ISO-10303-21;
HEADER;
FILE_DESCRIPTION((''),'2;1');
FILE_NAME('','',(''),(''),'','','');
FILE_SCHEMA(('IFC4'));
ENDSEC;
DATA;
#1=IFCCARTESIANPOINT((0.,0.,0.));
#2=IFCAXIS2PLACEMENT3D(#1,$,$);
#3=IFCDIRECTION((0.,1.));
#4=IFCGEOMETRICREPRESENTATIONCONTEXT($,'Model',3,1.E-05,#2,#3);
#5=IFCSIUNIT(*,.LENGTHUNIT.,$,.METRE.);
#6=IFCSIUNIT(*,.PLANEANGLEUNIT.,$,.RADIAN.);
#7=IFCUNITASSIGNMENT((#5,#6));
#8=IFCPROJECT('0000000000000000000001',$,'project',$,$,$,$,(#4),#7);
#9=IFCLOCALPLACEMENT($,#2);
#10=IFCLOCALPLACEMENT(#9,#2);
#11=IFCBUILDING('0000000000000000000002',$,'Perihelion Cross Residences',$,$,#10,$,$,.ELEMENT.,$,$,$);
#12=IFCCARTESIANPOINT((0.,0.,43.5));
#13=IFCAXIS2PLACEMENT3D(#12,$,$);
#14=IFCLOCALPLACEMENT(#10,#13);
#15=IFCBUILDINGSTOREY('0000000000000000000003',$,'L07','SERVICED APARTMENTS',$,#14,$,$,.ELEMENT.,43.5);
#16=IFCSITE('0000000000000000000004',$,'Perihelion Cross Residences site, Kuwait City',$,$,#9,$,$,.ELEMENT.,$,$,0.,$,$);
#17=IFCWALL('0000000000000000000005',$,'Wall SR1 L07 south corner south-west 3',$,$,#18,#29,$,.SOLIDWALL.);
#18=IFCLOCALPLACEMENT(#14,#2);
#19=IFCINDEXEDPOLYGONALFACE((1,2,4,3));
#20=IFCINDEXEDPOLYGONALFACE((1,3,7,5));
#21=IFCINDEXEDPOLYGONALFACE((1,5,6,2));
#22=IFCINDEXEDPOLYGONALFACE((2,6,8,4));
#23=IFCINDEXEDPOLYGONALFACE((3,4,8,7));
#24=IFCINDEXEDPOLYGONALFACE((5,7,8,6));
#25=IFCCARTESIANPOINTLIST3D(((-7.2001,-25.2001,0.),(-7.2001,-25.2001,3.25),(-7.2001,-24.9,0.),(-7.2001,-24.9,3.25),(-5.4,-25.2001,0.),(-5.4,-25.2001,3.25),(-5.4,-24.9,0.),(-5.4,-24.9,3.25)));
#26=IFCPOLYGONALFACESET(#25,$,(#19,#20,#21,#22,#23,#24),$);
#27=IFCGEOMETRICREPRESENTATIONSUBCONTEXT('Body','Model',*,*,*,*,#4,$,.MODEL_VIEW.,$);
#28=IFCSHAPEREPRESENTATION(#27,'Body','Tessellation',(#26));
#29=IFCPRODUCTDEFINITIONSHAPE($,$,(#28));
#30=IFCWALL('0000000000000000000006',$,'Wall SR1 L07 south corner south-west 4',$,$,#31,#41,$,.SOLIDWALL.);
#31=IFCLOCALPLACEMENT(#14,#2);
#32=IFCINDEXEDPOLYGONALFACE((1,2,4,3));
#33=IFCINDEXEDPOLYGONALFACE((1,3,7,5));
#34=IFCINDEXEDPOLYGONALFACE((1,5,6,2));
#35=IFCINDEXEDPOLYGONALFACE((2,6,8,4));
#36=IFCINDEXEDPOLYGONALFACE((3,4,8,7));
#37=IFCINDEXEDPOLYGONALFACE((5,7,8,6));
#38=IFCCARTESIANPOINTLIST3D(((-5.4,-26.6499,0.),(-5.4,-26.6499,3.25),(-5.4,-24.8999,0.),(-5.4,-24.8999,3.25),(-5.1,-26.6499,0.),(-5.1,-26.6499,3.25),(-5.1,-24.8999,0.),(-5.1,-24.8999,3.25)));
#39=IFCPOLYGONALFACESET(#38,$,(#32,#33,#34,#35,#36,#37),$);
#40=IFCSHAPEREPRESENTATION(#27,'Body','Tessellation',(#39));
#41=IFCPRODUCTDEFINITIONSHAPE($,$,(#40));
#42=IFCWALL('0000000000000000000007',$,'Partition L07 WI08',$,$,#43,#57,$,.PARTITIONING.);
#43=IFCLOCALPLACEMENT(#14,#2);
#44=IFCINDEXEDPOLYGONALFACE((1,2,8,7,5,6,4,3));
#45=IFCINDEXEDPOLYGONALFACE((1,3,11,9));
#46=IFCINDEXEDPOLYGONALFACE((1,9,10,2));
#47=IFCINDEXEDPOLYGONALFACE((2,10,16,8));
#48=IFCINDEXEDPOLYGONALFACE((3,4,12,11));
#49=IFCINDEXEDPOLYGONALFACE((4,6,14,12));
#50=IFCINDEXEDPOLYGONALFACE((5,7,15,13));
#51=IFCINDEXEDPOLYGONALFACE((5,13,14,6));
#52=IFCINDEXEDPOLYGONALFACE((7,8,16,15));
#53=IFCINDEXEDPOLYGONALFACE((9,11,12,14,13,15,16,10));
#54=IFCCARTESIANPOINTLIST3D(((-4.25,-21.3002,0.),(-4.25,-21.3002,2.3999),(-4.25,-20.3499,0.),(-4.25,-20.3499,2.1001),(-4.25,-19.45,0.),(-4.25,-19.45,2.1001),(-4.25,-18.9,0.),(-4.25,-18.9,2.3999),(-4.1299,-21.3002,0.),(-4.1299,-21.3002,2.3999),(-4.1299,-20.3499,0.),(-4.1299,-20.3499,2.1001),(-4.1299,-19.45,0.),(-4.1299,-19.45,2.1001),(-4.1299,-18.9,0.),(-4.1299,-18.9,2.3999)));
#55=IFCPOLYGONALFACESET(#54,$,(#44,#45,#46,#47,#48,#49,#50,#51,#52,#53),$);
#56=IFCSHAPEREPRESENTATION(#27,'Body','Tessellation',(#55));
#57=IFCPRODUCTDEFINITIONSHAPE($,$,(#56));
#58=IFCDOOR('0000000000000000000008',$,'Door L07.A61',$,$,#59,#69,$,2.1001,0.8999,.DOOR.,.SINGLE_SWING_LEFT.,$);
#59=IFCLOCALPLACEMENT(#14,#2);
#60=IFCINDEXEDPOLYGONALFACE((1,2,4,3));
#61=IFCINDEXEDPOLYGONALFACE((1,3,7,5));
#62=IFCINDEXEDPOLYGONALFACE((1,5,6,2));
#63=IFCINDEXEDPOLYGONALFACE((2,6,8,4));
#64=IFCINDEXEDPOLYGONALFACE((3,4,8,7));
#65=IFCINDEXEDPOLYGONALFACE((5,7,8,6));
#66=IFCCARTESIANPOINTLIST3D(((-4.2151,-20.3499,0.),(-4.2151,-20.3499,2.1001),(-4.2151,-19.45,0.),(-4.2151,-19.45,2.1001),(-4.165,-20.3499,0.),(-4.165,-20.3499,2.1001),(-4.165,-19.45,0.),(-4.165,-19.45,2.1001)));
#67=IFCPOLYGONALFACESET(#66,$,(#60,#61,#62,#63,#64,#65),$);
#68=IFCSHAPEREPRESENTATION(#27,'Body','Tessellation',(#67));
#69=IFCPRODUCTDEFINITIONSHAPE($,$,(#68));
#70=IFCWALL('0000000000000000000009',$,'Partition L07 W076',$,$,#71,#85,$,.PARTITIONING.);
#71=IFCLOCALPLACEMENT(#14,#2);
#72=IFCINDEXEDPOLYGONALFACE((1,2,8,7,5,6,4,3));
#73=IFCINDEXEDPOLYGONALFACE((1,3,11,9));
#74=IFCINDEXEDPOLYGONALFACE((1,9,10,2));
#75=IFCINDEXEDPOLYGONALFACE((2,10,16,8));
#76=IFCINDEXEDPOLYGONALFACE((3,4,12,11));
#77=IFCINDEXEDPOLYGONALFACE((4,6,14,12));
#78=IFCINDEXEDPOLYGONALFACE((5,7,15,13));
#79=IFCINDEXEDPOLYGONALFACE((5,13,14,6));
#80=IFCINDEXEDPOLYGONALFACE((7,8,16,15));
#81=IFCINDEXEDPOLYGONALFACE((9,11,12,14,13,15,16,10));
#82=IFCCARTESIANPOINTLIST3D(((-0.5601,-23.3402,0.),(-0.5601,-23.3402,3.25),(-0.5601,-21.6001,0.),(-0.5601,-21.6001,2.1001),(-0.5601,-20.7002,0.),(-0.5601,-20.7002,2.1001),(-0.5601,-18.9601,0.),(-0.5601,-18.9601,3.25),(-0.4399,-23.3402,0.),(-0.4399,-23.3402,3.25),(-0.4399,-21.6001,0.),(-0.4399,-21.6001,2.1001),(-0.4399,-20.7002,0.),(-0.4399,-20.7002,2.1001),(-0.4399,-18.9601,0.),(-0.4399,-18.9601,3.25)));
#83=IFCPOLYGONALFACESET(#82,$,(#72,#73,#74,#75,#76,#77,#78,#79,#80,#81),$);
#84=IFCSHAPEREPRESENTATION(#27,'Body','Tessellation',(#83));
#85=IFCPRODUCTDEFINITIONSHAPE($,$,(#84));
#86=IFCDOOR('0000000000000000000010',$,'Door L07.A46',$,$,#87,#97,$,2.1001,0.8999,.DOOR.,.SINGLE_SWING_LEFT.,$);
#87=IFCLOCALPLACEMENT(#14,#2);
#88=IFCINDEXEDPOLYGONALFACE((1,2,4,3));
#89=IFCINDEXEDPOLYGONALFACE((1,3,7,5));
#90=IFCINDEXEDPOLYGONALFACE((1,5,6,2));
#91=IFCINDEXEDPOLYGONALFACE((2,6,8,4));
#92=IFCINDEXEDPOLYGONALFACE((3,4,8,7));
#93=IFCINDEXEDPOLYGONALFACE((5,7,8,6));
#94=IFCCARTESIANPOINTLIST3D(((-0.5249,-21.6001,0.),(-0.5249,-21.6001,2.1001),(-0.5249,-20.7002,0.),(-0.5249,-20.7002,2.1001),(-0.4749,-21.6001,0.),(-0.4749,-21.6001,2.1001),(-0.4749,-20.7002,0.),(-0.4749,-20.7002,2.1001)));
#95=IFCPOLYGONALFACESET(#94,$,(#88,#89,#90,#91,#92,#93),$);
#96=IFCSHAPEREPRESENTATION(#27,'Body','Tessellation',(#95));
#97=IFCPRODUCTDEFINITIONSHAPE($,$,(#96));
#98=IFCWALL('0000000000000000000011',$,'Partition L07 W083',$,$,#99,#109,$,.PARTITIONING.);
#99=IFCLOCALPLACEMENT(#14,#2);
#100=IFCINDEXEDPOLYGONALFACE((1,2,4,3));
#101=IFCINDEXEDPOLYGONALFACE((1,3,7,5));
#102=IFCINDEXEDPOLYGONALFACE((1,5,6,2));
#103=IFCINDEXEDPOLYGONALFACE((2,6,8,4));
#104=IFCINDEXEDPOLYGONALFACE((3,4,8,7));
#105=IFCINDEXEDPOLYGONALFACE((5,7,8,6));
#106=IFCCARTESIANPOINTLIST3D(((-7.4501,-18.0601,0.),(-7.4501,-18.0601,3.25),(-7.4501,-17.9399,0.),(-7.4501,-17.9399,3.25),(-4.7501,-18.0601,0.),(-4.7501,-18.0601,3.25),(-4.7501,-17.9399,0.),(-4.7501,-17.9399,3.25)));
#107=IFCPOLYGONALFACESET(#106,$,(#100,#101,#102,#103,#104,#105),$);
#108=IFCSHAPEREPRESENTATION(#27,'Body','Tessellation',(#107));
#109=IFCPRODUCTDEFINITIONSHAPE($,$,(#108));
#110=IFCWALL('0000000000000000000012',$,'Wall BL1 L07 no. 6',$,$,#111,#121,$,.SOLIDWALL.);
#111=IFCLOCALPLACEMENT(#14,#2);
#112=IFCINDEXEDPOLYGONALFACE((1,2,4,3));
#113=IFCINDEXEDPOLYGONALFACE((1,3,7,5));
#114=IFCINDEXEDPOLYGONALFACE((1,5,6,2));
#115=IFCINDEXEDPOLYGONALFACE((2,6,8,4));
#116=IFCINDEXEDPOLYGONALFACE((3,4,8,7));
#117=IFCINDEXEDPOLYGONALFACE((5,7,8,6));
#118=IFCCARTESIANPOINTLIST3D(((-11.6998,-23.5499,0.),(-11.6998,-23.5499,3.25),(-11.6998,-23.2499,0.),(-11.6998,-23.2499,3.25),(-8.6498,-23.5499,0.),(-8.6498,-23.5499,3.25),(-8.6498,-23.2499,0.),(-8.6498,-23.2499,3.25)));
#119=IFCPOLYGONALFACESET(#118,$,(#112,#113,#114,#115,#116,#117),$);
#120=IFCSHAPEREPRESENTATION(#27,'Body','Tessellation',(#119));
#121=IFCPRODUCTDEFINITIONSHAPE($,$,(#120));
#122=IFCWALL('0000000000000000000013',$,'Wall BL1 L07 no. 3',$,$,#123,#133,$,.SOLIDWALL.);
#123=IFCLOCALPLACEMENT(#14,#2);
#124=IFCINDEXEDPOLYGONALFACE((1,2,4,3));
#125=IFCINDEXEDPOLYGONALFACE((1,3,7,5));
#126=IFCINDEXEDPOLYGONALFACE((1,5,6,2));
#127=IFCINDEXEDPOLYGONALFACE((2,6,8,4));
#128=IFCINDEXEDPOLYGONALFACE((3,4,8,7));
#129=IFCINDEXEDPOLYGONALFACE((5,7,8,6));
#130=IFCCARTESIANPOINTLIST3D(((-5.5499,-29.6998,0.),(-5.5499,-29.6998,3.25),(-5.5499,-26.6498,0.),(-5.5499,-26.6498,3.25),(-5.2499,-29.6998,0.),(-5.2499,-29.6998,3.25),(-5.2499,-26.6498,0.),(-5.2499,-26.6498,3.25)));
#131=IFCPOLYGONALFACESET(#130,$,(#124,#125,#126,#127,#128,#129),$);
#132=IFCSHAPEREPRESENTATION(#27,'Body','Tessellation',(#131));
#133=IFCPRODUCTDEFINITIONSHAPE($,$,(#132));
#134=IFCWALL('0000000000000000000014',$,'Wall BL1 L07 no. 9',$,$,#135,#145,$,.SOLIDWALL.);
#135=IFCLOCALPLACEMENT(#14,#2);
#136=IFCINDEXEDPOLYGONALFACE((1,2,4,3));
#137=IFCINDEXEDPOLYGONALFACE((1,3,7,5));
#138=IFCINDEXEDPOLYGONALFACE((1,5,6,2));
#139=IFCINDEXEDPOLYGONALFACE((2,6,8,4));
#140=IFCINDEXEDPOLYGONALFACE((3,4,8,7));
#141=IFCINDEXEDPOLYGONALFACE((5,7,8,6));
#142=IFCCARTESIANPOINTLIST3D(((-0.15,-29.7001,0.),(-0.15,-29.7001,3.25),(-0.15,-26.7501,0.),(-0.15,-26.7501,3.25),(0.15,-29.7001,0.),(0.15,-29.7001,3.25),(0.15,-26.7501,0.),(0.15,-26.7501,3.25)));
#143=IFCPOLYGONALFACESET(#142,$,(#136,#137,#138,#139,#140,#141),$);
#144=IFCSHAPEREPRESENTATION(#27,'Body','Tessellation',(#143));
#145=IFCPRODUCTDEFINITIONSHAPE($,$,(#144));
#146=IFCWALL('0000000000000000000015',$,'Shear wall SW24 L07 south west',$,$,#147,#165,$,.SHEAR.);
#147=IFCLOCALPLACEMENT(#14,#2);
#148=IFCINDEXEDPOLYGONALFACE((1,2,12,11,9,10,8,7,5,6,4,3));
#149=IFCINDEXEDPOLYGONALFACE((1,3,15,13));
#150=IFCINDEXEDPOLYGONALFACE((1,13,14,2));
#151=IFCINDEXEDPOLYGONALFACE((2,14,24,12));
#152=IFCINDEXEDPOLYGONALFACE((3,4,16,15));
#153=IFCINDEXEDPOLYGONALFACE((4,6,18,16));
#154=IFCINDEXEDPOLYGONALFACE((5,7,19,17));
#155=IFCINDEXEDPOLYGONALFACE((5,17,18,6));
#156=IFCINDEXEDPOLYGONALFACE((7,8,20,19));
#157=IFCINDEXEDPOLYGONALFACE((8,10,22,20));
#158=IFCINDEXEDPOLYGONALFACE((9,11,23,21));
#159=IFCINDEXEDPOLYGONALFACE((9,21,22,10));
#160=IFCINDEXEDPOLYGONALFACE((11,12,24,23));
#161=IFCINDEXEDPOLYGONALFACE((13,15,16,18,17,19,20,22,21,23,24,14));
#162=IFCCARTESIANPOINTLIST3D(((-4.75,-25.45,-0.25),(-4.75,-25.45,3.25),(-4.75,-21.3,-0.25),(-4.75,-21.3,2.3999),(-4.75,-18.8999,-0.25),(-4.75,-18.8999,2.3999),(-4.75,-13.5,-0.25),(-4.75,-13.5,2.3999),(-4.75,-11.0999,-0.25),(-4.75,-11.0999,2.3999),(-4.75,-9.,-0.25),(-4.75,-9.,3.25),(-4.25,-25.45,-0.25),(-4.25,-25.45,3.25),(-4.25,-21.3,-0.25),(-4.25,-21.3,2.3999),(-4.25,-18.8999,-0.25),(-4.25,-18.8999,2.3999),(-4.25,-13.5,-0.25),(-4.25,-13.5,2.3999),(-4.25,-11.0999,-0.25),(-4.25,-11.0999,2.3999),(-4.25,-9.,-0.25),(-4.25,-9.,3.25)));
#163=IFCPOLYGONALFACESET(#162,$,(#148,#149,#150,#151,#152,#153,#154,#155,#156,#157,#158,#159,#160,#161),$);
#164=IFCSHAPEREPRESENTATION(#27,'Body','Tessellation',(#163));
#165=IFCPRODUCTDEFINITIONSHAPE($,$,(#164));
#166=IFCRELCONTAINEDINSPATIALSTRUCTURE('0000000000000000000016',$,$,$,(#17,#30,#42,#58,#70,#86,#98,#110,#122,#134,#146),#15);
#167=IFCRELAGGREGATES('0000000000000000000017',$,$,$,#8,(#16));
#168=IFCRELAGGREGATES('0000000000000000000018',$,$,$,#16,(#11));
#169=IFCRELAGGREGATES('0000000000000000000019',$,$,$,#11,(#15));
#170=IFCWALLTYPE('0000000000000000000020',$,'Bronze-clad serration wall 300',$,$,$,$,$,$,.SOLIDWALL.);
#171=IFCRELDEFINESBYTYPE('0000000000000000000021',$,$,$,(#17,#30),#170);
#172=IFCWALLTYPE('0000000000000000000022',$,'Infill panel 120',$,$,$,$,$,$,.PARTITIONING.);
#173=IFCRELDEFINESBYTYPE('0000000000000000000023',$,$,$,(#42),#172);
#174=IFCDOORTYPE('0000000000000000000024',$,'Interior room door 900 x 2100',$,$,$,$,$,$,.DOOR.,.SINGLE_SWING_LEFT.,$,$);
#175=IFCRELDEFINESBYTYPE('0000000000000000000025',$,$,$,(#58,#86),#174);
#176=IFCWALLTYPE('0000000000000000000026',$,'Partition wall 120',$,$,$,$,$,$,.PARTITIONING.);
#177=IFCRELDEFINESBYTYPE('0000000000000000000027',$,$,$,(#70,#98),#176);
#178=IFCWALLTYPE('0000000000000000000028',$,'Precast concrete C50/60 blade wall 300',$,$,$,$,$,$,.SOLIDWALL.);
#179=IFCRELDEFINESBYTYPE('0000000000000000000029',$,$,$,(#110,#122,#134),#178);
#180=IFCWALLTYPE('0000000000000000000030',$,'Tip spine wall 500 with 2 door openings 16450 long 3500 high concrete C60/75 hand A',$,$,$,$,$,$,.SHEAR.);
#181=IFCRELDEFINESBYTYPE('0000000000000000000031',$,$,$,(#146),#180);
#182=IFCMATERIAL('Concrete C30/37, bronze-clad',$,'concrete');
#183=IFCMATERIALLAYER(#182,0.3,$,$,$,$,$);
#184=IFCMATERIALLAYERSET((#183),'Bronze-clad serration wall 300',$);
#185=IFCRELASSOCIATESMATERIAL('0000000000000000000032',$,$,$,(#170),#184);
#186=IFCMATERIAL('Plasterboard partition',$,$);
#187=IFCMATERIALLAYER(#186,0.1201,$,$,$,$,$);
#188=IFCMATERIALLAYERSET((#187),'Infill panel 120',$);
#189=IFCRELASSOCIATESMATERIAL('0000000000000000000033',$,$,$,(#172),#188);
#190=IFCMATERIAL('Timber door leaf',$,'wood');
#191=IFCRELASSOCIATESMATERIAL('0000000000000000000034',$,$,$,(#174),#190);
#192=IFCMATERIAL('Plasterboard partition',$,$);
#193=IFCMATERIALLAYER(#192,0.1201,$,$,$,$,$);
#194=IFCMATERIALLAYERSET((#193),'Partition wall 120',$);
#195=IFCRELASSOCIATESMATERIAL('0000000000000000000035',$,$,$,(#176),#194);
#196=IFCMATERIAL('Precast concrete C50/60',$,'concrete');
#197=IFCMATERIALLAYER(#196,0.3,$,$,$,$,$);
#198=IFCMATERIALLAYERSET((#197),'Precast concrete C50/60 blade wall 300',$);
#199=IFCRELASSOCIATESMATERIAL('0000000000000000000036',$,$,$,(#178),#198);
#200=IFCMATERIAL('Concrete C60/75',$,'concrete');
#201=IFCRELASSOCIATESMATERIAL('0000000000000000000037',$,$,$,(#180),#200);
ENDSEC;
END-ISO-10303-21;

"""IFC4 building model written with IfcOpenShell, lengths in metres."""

from ifc_helpers import new_model, si_unit, direction, frame, frame_2d, origin, place, context, subcontext, project, spatial, polyline, rectangle, outline, extrude, material, layer, layer_set, material_profile, profile_set, type_object, element, fill, save


model = new_model("IFC4")

# Units and contexts
model_context = context("Model", 3, precision=1e-05, world=origin(), true_north=direction((0.0, 1.0)))
body_context = subcontext(model_context, "Body", "Model", "MODEL_VIEW")
ifc_project = project(units=[si_unit("LENGTHUNIT", "METRE"), si_unit("PLANEANGLEUNIT", "RADIAN")], contexts=[model_context])

# Site, building, storey
site_placement = place(None, origin())
site = spatial("IfcSite", under=ifc_project, at=site_placement, Name="Perihelion Cross Residences site, Kuwait City", CompositionType="ELEMENT", RefElevation=0.0)
building_placement = place(site_placement, origin())
building = spatial("IfcBuilding", under=site, at=building_placement, Name="Perihelion Cross Residences", CompositionType="ELEMENT")
storey_placement = place(building_placement, frame((0.0, 0.0, 43.5)))
storey = spatial("IfcBuildingStorey", under=building, at=storey_placement, Name="L07", Description="SERVICED APARTMENTS", CompositionType="ELEMENT", Elevation=43.5)

# Walls
ifc_material_1 = material(Name="Concrete C30/37, bronze-clad", Category="concrete")
ifc_layer_1 = layer(ifc_material_1, 0.3)
ifc_layer_set_1 = layer_set([ifc_layer_1], Name="Bronze-clad serration wall 300")
wall_type_1 = type_object("IfcWallType", Name="Bronze-clad serration wall 300", PredefinedType="SOLIDWALL", material=ifc_layer_set_1)
wall_1_placement = place(storey_placement, frame((-7.2, -25.05, 0.0), z_axis=(0.0, 0.0, 1.0), x_axis=(1.0, 0.0, 0.0)))
element("IfcWall", 1, at=wall_1_placement, inside=storey, type_object=wall_type_1, Name="Wall SR1 L07 south corner south-west 3", PredefinedType="SOLIDWALL", context=body_context, shape_type="SweptSolid", body=[
    extrude(rectangle(XDim=1.8, YDim=0.3, at=frame_2d((0.8999, 0.0))), origin(), (0.0, 0.0, 1.0), 3.25),
])
wall_2_placement = place(storey_placement, frame((-5.25, -24.8999, 0.0), z_axis=(0.0, 0.0, 1.0), x_axis=(0.0, -1.0, 0.0)))
element("IfcWall", 2, at=wall_2_placement, inside=storey, type_object=wall_type_1, Name="Wall SR1 L07 south corner south-west 4", PredefinedType="SOLIDWALL", context=body_context, shape_type="SweptSolid", body=[
    extrude(rectangle(XDim=1.75, YDim=0.3, at=frame_2d((0.875, 0.0))), origin(), (0.0, 0.0, 1.0), 3.25),
])

# Walls, openings, doors
ifc_material_2 = material(Name="Plasterboard partition")
ifc_layer_2 = layer(ifc_material_2, 0.1201)
ifc_layer_set_2 = layer_set([ifc_layer_2], Name="Infill panel 120")
wall_type_2 = type_object("IfcWallType", Name="Infill panel 120", PredefinedType="PARTITIONING", material=ifc_layer_set_2)
wall_3_placement = place(storey_placement, frame((-4.1899, -18.8999, 0.0), z_axis=(0.0, 0.0, 1.0), x_axis=(0.0, -1.0, 0.0)))
wall_3 = element("IfcWall", 3, at=wall_3_placement, inside=storey, type_object=wall_type_2, Name="Partition L07 WI08", PredefinedType="PARTITIONING", context=body_context, shape_type="SweptSolid", body=[
    extrude(rectangle(XDim=2.4001, YDim=0.1201, at=frame_2d((1.2002, 0.0))), origin(), (0.0, 0.0, 1.0), 2.3999),
])
opening_1_placement = place(wall_3_placement, frame((0.55, 0.0, 0.0)))
opening_1 = element("IfcOpeningElement", 4, at=opening_1_placement, cuts=wall_3, PredefinedType="OPENING", context=body_context, shape_type="SweptSolid", body=[
    extrude(rectangle(XDim=0.8999, YDim=2.1001, at=frame_2d((0.45, 1.05))), frame((0.0, 0.0701, 0.0), z_axis=(0.0, -1.0, 0.0), x_axis=(1.0, 0.0, 0.0)), (0.0, 0.0, 1.0), 0.1401),
])
ifc_material_3 = material(Name="Timber door leaf", Category="wood")
door_type_1 = type_object("IfcDoorType", Name="Interior room door 900 x 2100", OperationType="SINGLE_SWING_LEFT", PredefinedType="DOOR", material=ifc_material_3)
door_1_placement = place(opening_1_placement, origin())
door_1 = element("IfcDoor", 5, at=door_1_placement, inside=storey, type_object=door_type_1, Name="Door L07.A61", OperationType="SINGLE_SWING_LEFT", OverallHeight=2.1001, OverallWidth=0.8999, PredefinedType="DOOR", context=body_context, shape_type="SweptSolid", body=[
    extrude(rectangle(XDim=0.8999, YDim=2.1001, at=frame_2d((0.45, 1.05))), frame((0.0, 0.0249, 0.0), z_axis=(0.0, -1.0, 0.0), x_axis=(1.0, 0.0, 0.0)), (0.0, 0.0, 1.0), 0.05),
])
fill(opening_1, door_1)
ifc_material_4 = material(Name="Plasterboard partition")
ifc_layer_3 = layer(ifc_material_4, 0.1201)
ifc_layer_set_3 = layer_set([ifc_layer_3], Name="Partition wall 120")
wall_type_3 = type_object("IfcWallType", Name="Partition wall 120", PredefinedType="PARTITIONING", material=ifc_layer_set_3)
wall_4_placement = place(storey_placement, frame((-0.5, -23.3401, 0.0), z_axis=(0.0, 0.0, 1.0), x_axis=(0.0, 1.0, 0.0)))
wall_4 = element("IfcWall", 6, at=wall_4_placement, inside=storey, type_object=wall_type_3, Name="Partition L07 W076", PredefinedType="PARTITIONING", context=body_context, shape_type="SweptSolid", body=[
    extrude(rectangle(XDim=4.3801, YDim=0.1201, at=frame_2d((2.1899, 0.0))), origin(), (0.0, 0.0, 1.0), 3.25),
])
opening_2_placement = place(wall_4_placement, frame((1.74, 0.0, 0.0)))
opening_2 = element("IfcOpeningElement", 7, at=opening_2_placement, cuts=wall_4, PredefinedType="OPENING", context=body_context, shape_type="SweptSolid", body=[
    extrude(rectangle(XDim=0.8999, YDim=2.1001, at=frame_2d((0.45, 1.05))), frame((0.0, 0.0701, 0.0), z_axis=(0.0, -1.0, 0.0), x_axis=(1.0, 0.0, 0.0)), (0.0, 0.0, 1.0), 0.1401),
])
door_2_placement = place(opening_2_placement, origin())
door_2 = element("IfcDoor", 8, at=door_2_placement, inside=storey, type_object=door_type_1, Name="Door L07.A46", OperationType="SINGLE_SWING_LEFT", OverallHeight=2.1001, OverallWidth=0.8999, PredefinedType="DOOR", context=body_context, shape_type="SweptSolid", body=[
    extrude(rectangle(XDim=0.8999, YDim=2.1001, at=frame_2d((0.45, 1.05))), frame((0.0, 0.0249, 0.0), z_axis=(0.0, -1.0, 0.0), x_axis=(1.0, 0.0, 0.0)), (0.0, 0.0, 1.0), 0.05),
])
fill(opening_2, door_2)

# Walls
wall_5_placement = place(storey_placement, frame((-4.75, -18.0, 0.0), z_axis=(0.0, 0.0, 1.0), x_axis=(-1.0, 0.0, 0.0)))
element("IfcWall", 9, at=wall_5_placement, inside=storey, type_object=wall_type_3, Name="Partition L07 W083", PredefinedType="PARTITIONING", context=body_context, shape_type="SweptSolid", body=[
    extrude(rectangle(XDim=2.7, YDim=0.1201, at=frame_2d((1.3501, 0.0))), origin(), (0.0, 0.0, 1.0), 3.25),
])
ifc_material_5 = material(Name="Precast concrete C50/60", Category="concrete")
ifc_layer_4 = layer(ifc_material_5, 0.3)
ifc_layer_set_4 = layer_set([ifc_layer_4], Name="Precast concrete C50/60 blade wall 300")
wall_type_4 = type_object("IfcWallType", Name="Precast concrete C50/60 blade wall 300", PredefinedType="SOLIDWALL", material=ifc_layer_set_4)
for number, where, z_axis, x_axis, name in (
    (10, (-8.6499, -23.3999, 0.0), (0.0, 0.0, 1.0), (-1.0, 0.0, 0.0), "Wall BL1 L07 no. 6"),
    (11, (-5.3999, -26.6499, 0.0), (0.0, 0.0, 1.0), (0.0, -1.0, 0.0), "Wall BL1 L07 no. 3"),
):
    element("IfcWall", number, at=place(storey_placement, frame(where, z_axis=z_axis, x_axis=x_axis)), inside=storey, type_object=wall_type_4, Name=name, PredefinedType="SOLIDWALL", context=body_context, shape_type="SweptSolid", body=[
        extrude(rectangle(XDim=3.05, YDim=0.3, at=frame_2d((1.5249, 0.0))), origin(), (0.0, 0.0, 1.0), 3.25),
    ])
wall_6_placement = place(storey_placement, frame((0.0, -26.75, 0.0), z_axis=(0.0, 0.0, 1.0), x_axis=(0.0, -1.0, 0.0)))
element("IfcWall", 12, at=wall_6_placement, inside=storey, type_object=wall_type_4, Name="Wall BL1 L07 no. 9", PredefinedType="SOLIDWALL", context=body_context, shape_type="SweptSolid", body=[
    extrude(rectangle(XDim=2.95, YDim=0.3, at=frame_2d((1.4751, 0.0))), origin(), (0.0, 0.0, 1.0), 3.25),
])
ifc_material_6 = material(Name="Concrete C60/75", Category="concrete")
ifc_material_profile_1 = material_profile(ifc_material_6, outline(polyline([(0.0, 0.0), (4.1499, 0.0), (4.1499, 2.6499), (6.55, 2.6499), (6.55, 0.0), (11.95, 0.0), (11.95, 2.6499), (14.3501, 2.6499), (14.3501, 0.0), (16.45, 0.0), (16.45, 3.5), (0.0, 3.5), (0.0, 0.0)])), Name="Tip spine wall")
ifc_profile_set_1 = profile_set([ifc_material_profile_1], Name="Concrete C60/75")
wall_type_5 = type_object("IfcWallType", Name="Tip spine wall 500 with 2 door openings 16450 long 3500 high concrete C60/75 hand A", PredefinedType="SHEAR", material=ifc_profile_set_1)
wall_7_placement = place(storey_placement, frame((-4.75, -25.45, -0.25), z_axis=(1.0, 0.0, 0.0), x_axis=(0.0, 1.0, 0.0)))
element("IfcWall", 13, at=wall_7_placement, inside=storey, type_object=wall_type_5, Name="Shear wall SW24 L07 south west", PredefinedType="SHEAR", context=body_context, shape_type="SweptSolid", body=[
    extrude(outline(polyline([(0.0, 0.0), (4.1499, 0.0), (4.1499, 2.6499), (6.55, 2.6499), (6.55, 0.0), (11.95, 0.0), (11.95, 2.6499), (14.3501, 2.6499), (14.3501, 0.0), (16.45, 0.0), (16.45, 3.5), (0.0, 3.5), (0.0, 0.0)])), origin(), (0.0, 0.0, 1.0), 0.5),
])

save(model, "model.ifc")
